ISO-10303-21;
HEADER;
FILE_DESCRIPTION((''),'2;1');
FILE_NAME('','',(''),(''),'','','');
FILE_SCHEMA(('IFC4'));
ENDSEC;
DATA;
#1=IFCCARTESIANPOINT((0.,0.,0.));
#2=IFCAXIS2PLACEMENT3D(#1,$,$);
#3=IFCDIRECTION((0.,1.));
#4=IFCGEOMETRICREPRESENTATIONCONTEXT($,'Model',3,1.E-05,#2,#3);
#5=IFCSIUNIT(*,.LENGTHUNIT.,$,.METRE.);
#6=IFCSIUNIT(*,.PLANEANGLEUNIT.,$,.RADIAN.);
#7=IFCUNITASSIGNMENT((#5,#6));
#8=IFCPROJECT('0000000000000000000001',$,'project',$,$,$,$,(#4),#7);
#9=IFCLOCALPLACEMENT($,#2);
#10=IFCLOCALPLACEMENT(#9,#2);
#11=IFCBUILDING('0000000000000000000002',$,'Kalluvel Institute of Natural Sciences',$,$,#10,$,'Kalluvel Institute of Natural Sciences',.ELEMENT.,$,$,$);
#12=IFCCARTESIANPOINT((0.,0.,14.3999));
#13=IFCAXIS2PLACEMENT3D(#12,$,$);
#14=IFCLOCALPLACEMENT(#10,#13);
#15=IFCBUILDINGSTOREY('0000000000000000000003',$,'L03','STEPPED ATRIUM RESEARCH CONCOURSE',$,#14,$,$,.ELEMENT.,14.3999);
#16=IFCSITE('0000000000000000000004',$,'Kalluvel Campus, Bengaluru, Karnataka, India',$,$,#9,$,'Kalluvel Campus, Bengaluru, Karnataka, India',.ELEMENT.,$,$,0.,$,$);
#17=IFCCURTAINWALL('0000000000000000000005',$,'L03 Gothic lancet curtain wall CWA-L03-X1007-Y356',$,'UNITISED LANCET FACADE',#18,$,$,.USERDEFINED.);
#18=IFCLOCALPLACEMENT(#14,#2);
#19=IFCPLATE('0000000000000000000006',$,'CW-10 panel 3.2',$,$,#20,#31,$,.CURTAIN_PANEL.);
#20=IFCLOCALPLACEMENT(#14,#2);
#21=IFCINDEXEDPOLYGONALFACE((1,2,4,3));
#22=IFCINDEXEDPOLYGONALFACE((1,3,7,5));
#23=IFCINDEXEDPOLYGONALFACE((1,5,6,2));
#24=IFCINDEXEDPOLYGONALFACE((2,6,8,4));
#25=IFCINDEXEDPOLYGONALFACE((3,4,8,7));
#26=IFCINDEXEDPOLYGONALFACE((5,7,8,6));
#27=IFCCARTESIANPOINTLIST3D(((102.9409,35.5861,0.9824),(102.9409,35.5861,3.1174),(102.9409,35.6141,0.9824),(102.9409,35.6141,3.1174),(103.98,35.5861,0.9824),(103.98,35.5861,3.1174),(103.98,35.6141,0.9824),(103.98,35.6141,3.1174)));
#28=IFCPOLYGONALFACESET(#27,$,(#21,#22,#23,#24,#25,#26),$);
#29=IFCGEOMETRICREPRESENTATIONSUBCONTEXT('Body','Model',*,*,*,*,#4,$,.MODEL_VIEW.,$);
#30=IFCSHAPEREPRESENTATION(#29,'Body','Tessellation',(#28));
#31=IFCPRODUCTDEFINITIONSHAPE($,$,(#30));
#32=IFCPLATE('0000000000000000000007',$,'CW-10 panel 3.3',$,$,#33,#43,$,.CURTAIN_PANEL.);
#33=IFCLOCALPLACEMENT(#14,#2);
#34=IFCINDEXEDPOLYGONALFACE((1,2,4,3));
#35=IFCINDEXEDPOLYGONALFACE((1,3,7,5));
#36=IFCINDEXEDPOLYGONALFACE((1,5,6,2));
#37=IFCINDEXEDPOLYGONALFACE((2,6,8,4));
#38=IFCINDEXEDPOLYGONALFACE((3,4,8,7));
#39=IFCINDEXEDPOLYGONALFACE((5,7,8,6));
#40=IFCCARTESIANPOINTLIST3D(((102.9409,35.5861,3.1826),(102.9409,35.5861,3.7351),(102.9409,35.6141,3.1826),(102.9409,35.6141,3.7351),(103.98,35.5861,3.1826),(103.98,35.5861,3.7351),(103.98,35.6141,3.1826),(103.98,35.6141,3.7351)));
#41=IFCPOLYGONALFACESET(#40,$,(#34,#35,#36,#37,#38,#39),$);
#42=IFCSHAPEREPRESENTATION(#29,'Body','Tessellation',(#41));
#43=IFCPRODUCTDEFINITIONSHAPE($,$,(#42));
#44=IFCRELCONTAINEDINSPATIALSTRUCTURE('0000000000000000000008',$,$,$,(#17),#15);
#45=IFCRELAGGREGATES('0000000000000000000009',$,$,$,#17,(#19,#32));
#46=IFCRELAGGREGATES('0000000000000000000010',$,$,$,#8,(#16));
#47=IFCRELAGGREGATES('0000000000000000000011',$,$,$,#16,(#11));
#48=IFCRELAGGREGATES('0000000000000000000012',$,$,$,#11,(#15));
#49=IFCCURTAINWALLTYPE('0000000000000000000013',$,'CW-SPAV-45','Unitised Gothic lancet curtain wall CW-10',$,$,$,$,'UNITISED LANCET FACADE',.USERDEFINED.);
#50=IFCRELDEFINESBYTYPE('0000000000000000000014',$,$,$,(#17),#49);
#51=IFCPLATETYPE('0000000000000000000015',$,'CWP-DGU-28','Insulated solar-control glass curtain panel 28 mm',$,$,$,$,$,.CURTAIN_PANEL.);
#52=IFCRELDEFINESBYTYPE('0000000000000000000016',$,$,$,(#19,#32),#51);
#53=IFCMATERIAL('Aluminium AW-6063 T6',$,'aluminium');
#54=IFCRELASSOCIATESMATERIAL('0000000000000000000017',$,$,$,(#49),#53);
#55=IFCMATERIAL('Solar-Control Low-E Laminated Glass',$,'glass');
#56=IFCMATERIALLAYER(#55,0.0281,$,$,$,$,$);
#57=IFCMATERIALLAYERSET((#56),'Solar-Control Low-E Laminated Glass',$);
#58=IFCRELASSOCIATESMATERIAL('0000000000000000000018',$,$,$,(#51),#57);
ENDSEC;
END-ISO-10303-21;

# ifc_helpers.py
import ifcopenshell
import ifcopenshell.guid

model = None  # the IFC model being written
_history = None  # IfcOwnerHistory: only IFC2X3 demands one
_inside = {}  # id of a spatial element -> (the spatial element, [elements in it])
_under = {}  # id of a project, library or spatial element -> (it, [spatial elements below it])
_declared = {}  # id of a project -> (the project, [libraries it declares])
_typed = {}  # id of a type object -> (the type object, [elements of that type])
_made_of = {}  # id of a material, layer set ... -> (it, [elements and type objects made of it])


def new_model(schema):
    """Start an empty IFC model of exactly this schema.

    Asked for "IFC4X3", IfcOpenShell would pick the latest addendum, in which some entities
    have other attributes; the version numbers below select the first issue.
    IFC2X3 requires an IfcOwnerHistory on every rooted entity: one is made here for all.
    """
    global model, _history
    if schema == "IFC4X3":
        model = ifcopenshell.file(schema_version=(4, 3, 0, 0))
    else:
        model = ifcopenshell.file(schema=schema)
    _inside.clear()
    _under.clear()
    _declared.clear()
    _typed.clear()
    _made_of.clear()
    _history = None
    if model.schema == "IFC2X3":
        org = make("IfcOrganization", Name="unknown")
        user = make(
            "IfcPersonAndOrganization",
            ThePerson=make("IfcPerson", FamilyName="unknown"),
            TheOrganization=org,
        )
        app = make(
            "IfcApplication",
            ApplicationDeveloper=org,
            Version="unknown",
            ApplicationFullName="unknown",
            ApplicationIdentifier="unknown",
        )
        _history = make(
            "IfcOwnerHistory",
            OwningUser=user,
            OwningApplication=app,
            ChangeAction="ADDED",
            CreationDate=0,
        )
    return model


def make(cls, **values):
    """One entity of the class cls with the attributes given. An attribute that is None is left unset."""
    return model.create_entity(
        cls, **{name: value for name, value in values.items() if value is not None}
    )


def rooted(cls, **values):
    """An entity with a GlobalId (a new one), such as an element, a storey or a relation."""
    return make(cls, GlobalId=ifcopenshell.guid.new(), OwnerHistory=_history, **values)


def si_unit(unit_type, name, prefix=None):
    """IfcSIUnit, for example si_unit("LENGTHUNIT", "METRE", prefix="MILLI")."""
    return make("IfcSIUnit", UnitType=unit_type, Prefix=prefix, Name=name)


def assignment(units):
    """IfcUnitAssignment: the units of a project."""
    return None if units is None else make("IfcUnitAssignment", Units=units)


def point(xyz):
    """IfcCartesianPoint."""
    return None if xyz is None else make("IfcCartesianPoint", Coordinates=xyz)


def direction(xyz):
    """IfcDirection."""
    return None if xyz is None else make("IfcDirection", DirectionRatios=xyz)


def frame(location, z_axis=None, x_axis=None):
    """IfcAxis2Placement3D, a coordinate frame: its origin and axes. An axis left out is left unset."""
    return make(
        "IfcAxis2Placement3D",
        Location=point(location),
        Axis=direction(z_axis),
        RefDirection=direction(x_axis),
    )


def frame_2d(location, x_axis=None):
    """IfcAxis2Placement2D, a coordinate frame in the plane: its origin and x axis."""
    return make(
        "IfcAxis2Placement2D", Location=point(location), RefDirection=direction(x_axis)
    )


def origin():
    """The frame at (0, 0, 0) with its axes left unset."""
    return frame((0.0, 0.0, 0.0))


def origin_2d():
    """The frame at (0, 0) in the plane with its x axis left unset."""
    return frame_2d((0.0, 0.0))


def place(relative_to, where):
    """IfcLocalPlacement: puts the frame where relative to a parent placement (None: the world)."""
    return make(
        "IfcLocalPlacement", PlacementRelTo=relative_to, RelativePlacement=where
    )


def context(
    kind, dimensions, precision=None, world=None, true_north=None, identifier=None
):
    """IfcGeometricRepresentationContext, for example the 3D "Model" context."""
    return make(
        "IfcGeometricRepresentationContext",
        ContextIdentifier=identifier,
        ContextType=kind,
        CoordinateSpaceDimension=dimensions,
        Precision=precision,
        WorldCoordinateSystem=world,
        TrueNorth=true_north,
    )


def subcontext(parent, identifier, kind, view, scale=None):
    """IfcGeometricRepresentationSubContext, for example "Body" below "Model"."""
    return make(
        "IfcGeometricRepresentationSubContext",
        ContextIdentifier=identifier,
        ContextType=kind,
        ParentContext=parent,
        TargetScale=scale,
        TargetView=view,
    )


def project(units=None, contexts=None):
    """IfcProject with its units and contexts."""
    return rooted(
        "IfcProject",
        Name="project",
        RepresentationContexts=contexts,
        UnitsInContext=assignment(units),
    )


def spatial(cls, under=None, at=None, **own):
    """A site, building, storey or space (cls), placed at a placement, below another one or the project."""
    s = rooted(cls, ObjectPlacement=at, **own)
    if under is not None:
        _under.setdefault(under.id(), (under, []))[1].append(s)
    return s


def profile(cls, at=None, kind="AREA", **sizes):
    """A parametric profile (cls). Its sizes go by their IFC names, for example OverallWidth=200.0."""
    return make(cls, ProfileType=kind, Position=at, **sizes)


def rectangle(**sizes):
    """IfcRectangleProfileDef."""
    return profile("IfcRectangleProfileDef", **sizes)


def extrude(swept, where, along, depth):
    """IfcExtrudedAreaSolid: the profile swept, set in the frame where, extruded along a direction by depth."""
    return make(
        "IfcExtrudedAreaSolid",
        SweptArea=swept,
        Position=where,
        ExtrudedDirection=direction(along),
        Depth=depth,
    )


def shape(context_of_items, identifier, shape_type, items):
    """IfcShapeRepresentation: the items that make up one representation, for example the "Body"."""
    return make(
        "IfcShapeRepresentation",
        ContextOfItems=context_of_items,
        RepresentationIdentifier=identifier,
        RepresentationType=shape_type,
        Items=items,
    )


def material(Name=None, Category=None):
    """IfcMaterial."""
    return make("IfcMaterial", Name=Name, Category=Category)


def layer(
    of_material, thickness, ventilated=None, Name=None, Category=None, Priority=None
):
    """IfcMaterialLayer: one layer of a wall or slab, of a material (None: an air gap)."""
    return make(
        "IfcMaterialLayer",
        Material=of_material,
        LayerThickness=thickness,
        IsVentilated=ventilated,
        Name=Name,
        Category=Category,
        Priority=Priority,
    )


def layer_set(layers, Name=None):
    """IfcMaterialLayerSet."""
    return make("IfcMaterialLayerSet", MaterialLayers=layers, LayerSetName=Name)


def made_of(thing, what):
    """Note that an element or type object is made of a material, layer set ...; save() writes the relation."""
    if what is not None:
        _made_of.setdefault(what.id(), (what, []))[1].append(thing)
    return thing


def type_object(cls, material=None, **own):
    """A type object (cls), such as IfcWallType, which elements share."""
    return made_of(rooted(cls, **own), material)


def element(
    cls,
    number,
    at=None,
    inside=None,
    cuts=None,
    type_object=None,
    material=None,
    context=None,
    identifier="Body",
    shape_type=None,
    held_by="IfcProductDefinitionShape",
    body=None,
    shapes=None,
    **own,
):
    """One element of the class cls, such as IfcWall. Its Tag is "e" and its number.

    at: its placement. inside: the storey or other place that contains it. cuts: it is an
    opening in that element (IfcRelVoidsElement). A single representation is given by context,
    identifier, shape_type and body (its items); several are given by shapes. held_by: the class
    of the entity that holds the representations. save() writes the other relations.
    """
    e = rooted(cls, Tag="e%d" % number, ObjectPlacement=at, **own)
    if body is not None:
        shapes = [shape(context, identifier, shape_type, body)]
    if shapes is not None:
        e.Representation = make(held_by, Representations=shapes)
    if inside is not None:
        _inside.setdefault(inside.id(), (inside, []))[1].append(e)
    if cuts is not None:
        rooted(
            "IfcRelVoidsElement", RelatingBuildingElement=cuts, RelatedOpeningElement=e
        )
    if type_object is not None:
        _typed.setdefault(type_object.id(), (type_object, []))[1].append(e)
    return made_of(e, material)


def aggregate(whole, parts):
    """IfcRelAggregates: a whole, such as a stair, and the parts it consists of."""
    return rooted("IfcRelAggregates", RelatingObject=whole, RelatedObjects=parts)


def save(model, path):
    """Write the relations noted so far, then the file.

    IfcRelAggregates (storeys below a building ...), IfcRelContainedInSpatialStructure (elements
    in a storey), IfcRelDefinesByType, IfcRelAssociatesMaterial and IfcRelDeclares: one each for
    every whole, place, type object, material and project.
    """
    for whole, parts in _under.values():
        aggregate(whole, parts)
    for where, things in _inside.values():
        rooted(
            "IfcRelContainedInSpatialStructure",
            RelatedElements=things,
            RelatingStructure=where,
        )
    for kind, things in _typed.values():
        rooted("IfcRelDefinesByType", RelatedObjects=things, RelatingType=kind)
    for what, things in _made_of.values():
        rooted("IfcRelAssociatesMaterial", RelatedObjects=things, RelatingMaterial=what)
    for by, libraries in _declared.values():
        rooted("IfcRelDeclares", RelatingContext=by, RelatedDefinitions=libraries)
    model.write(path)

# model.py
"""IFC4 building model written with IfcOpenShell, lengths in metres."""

from ifc_helpers import new_model, si_unit, direction, frame, origin, origin_2d, place, context, subcontext, project, spatial, rectangle, extrude, material, layer, layer_set, type_object, element, aggregate, save


model = new_model("IFC4")

# Units and contexts
model_context = context("Model", 3, precision=1e-05, world=origin(), true_north=direction((0.0, 1.0)))
body_context = subcontext(model_context, "Body", "Model", "MODEL_VIEW")
ifc_project = project(units=[si_unit("LENGTHUNIT", "METRE"), si_unit("PLANEANGLEUNIT", "RADIAN")], contexts=[model_context])

# Site, building, storey
site_placement = place(None, origin())
site = spatial("IfcSite", under=ifc_project, at=site_placement, Name="Kalluvel Campus, Bengaluru, Karnataka, India", LongName="Kalluvel Campus, Bengaluru, Karnataka, India", CompositionType="ELEMENT", RefElevation=0.0)
building_placement = place(site_placement, origin())
building = spatial("IfcBuilding", under=site, at=building_placement, Name="Kalluvel Institute of Natural Sciences", LongName="Kalluvel Institute of Natural Sciences", CompositionType="ELEMENT")
storey_placement = place(building_placement, frame((0.0, 0.0, 14.3999)))
storey = spatial("IfcBuildingStorey", under=building, at=storey_placement, Name="L03", Description="STEPPED ATRIUM RESEARCH CONCOURSE", CompositionType="ELEMENT", Elevation=14.3999)

# Curtain wall
ifc_material_1 = material(Name="Aluminium AW-6063 T6", Category="aluminium")
curtain_wall_type = type_object("IfcCurtainWallType", Name="CW-SPAV-45", Description="Unitised Gothic lancet curtain wall CW-10", ElementType="UNITISED LANCET FACADE", PredefinedType="USERDEFINED", material=ifc_material_1)
curtain_wall_placement = place(storey_placement, origin())
curtain_wall = element("IfcCurtainWall", 1, at=curtain_wall_placement, inside=storey, type_object=curtain_wall_type, Name="L03 Gothic lancet curtain wall CWA-L03-X1007-Y356", ObjectType="UNITISED LANCET FACADE", PredefinedType="USERDEFINED")

# Plates
ifc_material_2 = material(Name="Solar-Control Low-E Laminated Glass", Category="glass")
ifc_layer = layer(ifc_material_2, 0.0281)
ifc_layer_set = layer_set([ifc_layer], Name="Solar-Control Low-E Laminated Glass")
plate_type = type_object("IfcPlateType", Name="CWP-DGU-28", Description="Insulated solar-control glass curtain panel 28 mm", PredefinedType="CURTAIN_PANEL", material=ifc_layer_set)
plate_1_placement = place(storey_placement, frame((103.4604, 35.6001, 0.9824), z_axis=(0.0, 0.0, 1.0), x_axis=(1.0, 0.0, 0.0)))
plate_1 = element("IfcPlate", 2, at=plate_1_placement, type_object=plate_type, Name="CW-10 panel 3.2", PredefinedType="CURTAIN_PANEL", context=body_context, shape_type="SweptSolid", body=[
    extrude(rectangle(XDim=1.0391, YDim=0.0281, at=origin_2d()), origin(), (0.0, 0.0, 1.0), 2.135),
])
plate_2_placement = place(storey_placement, frame((103.4604, 35.6001, 3.1826), z_axis=(0.0, 0.0, 1.0), x_axis=(1.0, 0.0, 0.0)))
plate_2 = element("IfcPlate", 3, at=plate_2_placement, type_object=plate_type, Name="CW-10 panel 3.3", PredefinedType="CURTAIN_PANEL", context=body_context, shape_type="SweptSolid", body=[
    extrude(rectangle(XDim=1.0391, YDim=0.0281, at=origin_2d()), origin(), (0.0, 0.0, 1.0), 0.5525),
])
aggregate(curtain_wall, [plate_1, plate_2])

save(model, "model.ifc")
